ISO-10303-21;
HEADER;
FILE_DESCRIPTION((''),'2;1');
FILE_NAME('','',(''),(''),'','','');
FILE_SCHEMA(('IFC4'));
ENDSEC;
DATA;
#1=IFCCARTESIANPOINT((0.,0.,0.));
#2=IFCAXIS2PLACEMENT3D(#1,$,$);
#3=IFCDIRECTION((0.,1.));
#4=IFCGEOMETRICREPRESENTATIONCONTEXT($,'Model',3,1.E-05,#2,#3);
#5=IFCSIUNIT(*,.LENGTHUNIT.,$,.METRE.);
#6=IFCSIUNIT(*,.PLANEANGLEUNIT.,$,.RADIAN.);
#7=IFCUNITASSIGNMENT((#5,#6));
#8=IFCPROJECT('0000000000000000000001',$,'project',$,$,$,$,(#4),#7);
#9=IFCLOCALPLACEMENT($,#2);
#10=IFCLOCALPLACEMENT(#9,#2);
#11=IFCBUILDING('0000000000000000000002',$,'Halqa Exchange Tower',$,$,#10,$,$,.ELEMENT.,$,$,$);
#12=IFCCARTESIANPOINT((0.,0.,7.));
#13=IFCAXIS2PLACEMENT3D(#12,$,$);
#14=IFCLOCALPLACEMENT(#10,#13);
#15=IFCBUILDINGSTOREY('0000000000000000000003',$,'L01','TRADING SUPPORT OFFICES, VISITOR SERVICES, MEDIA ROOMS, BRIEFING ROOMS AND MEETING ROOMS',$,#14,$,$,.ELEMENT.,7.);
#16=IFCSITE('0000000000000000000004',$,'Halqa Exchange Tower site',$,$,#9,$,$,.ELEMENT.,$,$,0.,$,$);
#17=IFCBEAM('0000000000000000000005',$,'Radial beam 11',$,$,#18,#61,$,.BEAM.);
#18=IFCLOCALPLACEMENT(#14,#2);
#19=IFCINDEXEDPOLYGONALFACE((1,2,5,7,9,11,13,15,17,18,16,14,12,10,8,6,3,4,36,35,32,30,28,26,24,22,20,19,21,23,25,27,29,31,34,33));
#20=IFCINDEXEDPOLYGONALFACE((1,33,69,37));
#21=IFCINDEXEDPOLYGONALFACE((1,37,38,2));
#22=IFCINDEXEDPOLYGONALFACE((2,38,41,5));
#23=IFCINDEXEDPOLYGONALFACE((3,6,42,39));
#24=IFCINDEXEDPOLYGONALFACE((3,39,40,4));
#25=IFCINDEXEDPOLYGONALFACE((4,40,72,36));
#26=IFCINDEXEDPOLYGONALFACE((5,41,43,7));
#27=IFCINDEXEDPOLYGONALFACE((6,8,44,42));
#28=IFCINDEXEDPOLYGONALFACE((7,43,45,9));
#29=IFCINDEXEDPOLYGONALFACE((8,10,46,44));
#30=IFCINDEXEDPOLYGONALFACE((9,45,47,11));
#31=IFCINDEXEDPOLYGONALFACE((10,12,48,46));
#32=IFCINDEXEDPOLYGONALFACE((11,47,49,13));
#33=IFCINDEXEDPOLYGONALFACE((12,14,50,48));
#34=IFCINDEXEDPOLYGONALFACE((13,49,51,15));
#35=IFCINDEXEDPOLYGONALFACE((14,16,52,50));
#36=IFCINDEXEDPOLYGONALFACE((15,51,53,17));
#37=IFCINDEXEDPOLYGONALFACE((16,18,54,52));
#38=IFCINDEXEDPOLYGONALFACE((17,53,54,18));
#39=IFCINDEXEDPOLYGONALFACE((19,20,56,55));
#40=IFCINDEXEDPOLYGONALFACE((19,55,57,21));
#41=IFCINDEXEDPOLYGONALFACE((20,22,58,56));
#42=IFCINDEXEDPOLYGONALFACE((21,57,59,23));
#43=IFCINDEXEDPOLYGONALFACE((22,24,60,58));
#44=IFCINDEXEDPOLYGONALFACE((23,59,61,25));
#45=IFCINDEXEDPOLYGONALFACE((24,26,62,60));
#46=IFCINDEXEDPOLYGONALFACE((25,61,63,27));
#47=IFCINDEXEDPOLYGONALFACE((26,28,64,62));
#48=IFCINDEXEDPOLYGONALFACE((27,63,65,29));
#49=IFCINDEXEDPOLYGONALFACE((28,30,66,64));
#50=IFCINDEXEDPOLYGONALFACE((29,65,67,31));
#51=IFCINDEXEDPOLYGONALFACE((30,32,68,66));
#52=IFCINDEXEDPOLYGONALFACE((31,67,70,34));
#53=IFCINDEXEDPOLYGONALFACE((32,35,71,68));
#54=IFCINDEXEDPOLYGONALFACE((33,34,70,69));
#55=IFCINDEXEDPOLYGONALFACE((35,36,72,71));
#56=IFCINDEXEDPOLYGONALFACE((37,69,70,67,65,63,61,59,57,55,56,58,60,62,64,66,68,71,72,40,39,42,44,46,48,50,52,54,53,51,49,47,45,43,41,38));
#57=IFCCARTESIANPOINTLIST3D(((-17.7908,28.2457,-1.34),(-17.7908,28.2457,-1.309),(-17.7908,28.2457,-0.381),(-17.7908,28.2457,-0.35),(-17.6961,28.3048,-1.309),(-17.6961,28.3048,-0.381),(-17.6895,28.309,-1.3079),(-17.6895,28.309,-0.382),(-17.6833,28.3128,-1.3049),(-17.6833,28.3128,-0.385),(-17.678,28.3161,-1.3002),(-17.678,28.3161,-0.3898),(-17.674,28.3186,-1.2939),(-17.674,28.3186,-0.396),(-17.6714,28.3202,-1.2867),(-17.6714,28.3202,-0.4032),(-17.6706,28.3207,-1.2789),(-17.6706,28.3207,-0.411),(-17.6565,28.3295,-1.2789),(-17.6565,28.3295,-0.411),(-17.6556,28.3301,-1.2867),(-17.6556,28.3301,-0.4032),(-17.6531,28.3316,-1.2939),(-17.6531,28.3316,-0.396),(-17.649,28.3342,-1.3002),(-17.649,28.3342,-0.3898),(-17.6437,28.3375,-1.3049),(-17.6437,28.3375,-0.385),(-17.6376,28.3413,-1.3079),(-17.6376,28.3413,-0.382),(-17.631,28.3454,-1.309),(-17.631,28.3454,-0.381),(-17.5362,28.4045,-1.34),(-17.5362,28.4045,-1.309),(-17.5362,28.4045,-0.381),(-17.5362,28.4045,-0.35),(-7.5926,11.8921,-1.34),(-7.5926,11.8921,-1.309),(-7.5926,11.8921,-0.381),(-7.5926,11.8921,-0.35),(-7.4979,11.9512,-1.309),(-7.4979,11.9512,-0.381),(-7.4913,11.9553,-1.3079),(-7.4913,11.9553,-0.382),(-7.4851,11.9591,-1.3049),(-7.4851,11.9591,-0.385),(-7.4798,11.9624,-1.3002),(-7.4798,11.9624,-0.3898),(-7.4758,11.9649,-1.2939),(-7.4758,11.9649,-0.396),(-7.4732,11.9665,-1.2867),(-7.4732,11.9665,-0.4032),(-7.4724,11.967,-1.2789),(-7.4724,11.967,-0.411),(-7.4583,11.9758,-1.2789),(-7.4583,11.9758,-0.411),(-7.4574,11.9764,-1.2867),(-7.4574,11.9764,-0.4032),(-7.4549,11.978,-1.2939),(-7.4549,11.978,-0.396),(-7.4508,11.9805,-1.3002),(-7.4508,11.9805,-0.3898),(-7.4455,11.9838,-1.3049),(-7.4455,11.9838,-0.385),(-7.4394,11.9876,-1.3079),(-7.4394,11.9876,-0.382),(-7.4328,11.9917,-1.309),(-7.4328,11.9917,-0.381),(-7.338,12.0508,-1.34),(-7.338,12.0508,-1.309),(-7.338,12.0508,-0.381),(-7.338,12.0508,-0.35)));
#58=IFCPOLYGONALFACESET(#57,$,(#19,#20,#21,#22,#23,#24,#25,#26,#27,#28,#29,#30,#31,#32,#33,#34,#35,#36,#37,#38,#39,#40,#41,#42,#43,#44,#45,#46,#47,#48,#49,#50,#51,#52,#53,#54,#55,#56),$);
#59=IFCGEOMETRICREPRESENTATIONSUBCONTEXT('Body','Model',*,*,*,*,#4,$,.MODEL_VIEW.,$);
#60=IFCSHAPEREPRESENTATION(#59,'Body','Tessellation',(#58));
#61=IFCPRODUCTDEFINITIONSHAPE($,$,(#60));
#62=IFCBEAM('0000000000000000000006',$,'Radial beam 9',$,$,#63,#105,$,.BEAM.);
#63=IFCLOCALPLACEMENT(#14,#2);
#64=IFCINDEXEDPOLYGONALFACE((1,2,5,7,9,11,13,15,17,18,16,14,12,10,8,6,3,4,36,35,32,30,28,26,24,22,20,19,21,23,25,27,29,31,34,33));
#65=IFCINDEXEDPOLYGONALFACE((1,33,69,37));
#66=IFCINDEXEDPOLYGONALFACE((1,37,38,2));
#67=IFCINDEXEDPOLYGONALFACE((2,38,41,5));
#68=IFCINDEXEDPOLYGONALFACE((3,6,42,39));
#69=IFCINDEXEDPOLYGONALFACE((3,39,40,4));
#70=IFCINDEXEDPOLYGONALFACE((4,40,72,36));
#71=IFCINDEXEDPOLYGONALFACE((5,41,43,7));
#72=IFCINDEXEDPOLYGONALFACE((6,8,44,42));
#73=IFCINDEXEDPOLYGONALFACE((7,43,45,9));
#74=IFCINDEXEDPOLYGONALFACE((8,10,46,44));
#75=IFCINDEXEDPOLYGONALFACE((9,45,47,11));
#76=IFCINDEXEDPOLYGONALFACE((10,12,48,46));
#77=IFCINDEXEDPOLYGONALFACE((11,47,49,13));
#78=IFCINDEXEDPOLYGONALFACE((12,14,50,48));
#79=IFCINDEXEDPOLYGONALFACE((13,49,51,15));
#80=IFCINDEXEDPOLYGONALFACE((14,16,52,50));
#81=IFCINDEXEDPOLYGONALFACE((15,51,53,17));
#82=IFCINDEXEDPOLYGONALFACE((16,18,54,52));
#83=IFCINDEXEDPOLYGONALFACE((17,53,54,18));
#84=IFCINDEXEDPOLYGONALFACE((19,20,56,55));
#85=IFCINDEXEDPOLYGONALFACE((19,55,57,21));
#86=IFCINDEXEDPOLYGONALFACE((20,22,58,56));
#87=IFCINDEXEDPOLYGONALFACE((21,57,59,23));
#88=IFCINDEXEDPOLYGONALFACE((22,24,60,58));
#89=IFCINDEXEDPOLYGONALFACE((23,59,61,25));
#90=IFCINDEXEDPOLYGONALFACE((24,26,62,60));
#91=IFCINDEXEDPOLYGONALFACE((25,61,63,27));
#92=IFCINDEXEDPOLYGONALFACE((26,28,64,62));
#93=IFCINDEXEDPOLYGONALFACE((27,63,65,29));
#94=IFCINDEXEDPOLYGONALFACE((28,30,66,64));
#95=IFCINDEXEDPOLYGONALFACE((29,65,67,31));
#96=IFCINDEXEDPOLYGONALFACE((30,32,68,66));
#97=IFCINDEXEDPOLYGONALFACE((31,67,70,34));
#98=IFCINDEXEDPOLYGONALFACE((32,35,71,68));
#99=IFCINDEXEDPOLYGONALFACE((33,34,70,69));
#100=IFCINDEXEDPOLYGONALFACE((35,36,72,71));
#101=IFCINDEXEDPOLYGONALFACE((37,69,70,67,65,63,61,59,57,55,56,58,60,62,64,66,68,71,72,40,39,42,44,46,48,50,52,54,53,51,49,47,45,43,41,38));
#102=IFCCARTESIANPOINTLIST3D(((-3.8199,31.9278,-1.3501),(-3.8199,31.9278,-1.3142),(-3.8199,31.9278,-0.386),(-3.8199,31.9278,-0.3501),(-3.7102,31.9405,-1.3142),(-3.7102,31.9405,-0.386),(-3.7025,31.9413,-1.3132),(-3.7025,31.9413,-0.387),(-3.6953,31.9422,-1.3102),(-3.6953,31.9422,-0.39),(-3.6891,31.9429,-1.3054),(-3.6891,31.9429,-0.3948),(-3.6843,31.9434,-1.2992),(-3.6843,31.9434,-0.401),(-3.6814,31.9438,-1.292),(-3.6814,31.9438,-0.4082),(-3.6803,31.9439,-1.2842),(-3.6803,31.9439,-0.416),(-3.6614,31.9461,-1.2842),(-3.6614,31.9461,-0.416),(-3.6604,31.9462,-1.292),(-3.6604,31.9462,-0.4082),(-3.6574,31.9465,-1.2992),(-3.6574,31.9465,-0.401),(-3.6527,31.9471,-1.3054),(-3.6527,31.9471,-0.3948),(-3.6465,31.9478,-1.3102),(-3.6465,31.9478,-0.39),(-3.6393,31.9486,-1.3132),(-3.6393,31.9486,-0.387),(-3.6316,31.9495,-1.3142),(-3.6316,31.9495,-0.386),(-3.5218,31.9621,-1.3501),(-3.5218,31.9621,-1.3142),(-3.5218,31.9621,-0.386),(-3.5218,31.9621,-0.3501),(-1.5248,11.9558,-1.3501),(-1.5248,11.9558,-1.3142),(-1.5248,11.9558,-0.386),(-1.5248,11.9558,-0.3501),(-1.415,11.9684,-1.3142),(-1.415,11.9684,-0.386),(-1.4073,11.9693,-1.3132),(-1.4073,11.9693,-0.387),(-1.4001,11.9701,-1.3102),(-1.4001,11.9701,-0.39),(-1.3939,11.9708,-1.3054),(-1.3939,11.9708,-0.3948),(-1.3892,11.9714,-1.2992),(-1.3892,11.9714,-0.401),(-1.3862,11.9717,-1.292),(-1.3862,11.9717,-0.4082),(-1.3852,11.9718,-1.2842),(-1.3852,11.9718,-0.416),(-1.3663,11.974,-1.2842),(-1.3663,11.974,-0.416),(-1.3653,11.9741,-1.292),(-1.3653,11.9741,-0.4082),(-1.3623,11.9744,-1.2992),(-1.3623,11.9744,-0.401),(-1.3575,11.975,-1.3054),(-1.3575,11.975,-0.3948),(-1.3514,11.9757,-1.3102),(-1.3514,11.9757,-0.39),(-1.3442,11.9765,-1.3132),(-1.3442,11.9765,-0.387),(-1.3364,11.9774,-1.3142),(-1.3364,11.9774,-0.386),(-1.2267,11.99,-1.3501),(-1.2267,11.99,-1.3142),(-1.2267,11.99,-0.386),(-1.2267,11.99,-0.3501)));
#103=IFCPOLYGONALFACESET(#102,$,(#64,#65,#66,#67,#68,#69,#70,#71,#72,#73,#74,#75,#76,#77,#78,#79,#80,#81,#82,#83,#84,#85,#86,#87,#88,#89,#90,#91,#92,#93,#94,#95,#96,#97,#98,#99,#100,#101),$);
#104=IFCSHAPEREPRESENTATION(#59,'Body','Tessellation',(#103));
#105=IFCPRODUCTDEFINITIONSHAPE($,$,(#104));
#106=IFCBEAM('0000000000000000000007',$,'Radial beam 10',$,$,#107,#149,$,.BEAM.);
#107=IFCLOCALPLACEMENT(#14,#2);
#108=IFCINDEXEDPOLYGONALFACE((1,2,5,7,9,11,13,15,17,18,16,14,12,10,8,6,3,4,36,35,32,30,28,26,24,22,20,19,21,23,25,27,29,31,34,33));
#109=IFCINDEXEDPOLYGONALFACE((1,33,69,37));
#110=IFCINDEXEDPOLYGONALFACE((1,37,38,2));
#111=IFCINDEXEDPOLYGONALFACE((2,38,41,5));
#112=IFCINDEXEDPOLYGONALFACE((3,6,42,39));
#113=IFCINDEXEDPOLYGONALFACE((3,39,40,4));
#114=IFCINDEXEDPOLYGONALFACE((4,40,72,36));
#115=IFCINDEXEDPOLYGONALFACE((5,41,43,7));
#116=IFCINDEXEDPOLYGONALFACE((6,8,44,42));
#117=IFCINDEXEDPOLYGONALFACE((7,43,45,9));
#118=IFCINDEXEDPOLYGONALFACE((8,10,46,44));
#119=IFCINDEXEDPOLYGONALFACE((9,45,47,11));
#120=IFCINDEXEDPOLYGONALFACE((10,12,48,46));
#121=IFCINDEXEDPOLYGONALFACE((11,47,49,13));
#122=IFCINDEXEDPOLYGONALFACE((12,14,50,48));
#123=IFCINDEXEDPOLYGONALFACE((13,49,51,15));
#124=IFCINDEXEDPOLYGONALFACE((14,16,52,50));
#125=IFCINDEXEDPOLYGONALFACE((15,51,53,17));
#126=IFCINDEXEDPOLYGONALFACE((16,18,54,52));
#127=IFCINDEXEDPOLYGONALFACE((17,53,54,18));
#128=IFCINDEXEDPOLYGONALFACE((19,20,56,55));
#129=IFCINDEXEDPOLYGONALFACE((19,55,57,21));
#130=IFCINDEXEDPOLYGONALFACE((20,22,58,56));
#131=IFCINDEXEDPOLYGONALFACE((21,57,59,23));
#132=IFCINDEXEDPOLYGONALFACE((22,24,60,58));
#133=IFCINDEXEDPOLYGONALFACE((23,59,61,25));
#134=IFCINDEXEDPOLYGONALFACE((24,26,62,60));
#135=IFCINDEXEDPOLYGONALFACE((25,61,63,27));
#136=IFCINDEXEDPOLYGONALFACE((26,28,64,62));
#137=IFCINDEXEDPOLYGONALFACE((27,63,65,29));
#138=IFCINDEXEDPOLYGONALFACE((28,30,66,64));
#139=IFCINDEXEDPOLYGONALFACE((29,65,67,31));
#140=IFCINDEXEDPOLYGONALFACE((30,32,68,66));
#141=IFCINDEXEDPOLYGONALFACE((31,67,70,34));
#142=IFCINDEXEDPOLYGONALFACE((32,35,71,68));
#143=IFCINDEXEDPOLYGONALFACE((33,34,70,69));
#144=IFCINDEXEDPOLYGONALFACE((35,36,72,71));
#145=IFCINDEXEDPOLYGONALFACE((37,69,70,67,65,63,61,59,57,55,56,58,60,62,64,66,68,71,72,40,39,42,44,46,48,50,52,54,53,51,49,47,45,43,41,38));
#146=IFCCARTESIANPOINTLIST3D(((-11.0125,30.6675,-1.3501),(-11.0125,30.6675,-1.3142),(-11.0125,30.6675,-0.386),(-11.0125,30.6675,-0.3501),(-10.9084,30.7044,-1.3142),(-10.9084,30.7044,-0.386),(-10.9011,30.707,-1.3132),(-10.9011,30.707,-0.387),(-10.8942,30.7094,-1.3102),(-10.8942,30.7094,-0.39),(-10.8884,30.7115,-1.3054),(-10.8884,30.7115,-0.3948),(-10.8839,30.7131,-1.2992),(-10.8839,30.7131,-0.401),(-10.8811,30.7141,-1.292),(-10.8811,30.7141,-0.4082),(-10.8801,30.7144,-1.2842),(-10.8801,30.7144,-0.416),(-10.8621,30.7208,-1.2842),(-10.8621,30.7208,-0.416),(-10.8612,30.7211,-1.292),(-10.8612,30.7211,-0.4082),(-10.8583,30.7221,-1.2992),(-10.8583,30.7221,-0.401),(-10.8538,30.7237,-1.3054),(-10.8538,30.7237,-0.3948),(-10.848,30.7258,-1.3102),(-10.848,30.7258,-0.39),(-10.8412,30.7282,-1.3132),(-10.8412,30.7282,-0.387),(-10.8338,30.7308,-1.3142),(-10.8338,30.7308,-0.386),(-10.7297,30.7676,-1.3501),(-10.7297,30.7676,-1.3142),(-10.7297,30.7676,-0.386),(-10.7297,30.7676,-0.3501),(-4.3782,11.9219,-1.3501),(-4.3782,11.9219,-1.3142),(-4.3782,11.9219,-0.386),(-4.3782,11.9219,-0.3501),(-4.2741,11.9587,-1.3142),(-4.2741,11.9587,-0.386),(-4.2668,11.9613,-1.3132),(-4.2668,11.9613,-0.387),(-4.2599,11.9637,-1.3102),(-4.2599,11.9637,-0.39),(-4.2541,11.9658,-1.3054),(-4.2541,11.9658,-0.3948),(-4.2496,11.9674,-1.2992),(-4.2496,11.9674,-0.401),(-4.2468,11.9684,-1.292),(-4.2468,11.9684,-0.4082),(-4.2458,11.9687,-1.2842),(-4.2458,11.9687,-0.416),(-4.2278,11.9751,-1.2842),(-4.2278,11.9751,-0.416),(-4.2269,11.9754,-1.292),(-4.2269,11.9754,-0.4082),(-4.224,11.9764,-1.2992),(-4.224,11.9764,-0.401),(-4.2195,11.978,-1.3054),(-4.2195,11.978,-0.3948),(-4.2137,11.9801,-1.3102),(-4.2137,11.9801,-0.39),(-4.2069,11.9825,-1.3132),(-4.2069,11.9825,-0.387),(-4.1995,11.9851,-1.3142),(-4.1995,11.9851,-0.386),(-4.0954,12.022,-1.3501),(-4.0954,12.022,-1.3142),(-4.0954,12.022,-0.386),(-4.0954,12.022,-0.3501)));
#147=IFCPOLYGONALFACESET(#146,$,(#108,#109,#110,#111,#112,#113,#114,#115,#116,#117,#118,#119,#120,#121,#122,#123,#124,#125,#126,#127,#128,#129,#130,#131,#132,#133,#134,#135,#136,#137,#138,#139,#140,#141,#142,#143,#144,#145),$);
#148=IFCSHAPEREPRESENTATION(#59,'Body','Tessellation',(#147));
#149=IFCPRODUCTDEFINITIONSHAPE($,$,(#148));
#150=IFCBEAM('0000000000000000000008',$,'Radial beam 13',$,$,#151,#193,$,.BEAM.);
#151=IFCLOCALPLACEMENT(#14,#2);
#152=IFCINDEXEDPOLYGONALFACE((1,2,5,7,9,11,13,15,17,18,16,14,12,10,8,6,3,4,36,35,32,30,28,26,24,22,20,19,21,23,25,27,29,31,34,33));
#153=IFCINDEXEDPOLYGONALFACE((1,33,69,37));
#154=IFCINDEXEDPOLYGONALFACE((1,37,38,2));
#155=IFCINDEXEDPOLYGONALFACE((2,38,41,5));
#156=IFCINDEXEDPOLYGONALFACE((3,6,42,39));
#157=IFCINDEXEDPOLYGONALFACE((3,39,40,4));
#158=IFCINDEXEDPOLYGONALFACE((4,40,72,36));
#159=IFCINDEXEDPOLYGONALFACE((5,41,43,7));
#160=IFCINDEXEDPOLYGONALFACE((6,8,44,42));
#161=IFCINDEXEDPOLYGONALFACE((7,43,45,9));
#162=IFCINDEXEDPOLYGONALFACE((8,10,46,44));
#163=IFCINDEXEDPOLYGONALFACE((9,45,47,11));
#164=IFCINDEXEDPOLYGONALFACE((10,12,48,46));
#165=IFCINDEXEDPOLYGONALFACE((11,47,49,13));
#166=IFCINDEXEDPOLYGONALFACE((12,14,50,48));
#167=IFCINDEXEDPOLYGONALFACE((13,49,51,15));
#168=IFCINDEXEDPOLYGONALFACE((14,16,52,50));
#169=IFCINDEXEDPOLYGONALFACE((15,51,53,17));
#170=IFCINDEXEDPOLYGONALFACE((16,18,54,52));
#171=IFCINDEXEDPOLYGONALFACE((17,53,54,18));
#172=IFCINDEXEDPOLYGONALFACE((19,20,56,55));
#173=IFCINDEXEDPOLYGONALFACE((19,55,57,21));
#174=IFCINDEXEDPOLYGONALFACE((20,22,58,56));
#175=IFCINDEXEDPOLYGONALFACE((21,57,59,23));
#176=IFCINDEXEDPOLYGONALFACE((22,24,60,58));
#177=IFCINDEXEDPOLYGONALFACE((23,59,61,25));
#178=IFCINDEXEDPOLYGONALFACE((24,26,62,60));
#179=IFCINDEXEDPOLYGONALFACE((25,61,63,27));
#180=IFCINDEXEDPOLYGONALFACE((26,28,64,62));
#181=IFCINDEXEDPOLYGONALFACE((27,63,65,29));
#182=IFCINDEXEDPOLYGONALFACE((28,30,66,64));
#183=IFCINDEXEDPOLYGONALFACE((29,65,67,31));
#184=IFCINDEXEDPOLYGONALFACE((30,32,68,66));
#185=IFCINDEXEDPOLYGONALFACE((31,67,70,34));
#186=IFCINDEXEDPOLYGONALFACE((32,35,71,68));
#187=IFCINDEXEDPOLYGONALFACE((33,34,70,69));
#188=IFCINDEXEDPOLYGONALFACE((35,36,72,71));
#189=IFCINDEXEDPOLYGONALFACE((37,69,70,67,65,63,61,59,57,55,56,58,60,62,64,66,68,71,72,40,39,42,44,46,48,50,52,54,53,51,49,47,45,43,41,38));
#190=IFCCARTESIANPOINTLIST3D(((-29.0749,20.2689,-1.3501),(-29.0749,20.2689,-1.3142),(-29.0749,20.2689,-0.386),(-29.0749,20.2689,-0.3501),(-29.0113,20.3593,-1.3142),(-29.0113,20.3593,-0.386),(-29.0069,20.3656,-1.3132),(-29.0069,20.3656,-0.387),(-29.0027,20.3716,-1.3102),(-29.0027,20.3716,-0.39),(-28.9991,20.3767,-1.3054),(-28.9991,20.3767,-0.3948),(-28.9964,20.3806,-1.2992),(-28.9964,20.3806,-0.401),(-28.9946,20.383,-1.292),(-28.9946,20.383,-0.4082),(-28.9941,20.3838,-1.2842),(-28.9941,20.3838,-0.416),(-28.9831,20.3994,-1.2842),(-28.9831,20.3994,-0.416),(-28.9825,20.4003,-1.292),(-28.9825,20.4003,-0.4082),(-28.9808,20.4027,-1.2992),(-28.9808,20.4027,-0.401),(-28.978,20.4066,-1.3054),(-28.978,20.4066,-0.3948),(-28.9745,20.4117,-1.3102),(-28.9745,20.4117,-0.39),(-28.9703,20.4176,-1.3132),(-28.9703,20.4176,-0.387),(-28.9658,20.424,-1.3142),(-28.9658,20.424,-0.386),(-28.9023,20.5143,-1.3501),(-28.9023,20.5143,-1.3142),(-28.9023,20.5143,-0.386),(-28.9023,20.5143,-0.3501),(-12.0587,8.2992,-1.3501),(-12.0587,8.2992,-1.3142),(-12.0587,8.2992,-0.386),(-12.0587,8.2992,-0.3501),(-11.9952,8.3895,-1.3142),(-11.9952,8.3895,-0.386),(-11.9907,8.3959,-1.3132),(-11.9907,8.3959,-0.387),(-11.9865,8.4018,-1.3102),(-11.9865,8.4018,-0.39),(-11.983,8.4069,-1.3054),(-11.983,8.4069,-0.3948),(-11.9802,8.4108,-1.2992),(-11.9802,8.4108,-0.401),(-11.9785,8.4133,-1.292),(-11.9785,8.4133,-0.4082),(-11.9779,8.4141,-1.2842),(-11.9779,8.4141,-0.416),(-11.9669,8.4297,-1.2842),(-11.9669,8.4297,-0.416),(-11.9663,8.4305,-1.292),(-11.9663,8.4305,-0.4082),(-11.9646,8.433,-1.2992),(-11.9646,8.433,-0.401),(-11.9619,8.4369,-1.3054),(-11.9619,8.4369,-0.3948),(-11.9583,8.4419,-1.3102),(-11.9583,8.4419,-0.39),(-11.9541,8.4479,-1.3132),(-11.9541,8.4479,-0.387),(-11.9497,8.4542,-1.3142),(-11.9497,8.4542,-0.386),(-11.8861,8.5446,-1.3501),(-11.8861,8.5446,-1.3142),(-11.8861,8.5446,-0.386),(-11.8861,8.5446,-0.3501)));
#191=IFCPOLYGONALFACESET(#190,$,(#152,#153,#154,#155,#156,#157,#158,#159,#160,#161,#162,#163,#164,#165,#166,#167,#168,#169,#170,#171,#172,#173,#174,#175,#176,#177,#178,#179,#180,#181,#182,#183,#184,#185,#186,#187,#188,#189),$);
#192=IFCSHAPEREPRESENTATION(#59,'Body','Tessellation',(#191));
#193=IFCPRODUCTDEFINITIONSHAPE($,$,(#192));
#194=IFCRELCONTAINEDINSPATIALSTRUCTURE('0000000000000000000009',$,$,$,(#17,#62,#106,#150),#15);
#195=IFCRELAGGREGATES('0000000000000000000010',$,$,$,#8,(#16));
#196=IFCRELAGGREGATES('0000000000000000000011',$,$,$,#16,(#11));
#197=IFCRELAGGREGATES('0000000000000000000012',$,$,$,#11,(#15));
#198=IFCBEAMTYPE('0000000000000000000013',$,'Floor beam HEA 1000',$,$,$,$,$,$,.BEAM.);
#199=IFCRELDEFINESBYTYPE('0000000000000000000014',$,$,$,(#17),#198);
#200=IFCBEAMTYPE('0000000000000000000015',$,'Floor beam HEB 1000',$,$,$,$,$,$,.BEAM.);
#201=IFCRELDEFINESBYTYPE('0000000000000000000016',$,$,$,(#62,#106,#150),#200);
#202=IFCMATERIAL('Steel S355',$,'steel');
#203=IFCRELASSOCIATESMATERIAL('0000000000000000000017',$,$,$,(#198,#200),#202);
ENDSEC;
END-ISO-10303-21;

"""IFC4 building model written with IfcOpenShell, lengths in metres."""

from ifc_helpers import new_model, si_unit, direction, frame, origin, origin_2d, place, context, subcontext, project, spatial, i_section, extrude, material, material_profile, profile_set, type_object, element, save


model = new_model("IFC4")

# Units and contexts
model_context = context("Model", 3, precision=1e-05, world=origin(), true_north=direction((0.0, 1.0)))
body_context = subcontext(model_context, "Body", "Model", "MODEL_VIEW")
ifc_project = project(units=[si_unit("LENGTHUNIT", "METRE"), si_unit("PLANEANGLEUNIT", "RADIAN")], contexts=[model_context])

# Site, building, storey
site_placement = place(None, origin())
site = spatial("IfcSite", under=ifc_project, at=site_placement, Name="Halqa Exchange Tower site", CompositionType="ELEMENT", RefElevation=0.0)
building_placement = place(site_placement, origin())
building = spatial("IfcBuilding", under=site, at=building_placement, Name="Halqa Exchange Tower", CompositionType="ELEMENT")
storey_placement = place(building_placement, frame((0.0, 0.0, 7.0)))
storey = spatial("IfcBuildingStorey", under=building, at=storey_placement, Name="L01", Description="TRADING SUPPORT OFFICES, VISITOR SERVICES, MEDIA ROOMS, BRIEFING ROOMS AND MEETING ROOMS", CompositionType="ELEMENT", Elevation=7.0)

# Beams
ifc_material_1 = material(Name="Steel S355", Category="steel")
ifc_material_profile_1 = material_profile(ifc_material_1, i_section(OverallWidth=0.3, OverallDepth=0.99, WebThickness=0.0166, FlangeThickness=0.031, FilletRadius=0.03, at=origin_2d()), Name="HEA 1000")
ifc_profile_set_1 = profile_set([ifc_material_profile_1], Name="Steel S355")
beam_type_1 = type_object("IfcBeamType", Name="Floor beam HEA 1000", PredefinedType="BEAM", material=ifc_profile_set_1)
beam_1_placement = place(storey_placement, frame((-7.4653, 11.9714, -0.845), z_axis=(-0.529146, 0.848531, 0.0), x_axis=(-0.848531, -0.529146, 0.0)))
element("IfcBeam", 1, at=beam_1_placement, inside=storey, type_object=beam_type_1, Name="Radial beam 11", PredefinedType="BEAM", context=body_context, shape_type="SweptSolid", body=[
    extrude(i_section(OverallWidth=0.3, OverallDepth=0.99, WebThickness=0.0166, FlangeThickness=0.031, FilletRadius=0.03, at=origin_2d()), origin(), (0.0, 0.0, 1.0), 19.2729),
])
ifc_material_profile_2 = material_profile(ifc_material_1, i_section(OverallWidth=0.3, OverallDepth=1.0, WebThickness=0.019, FlangeThickness=0.0359, FilletRadius=0.03, at=origin_2d()), Name="HEB 1000")
ifc_profile_set_2 = profile_set([ifc_material_profile_2], Name="Steel S355")
beam_type_2 = type_object("IfcBeamType", Name="Floor beam HEB 1000", PredefinedType="BEAM", material=ifc_profile_set_2)
beam_2_placement = place(storey_placement, frame((-1.3757, 11.9729, -0.8501), z_axis=(-0.114167, 0.993462, 0.0), x_axis=(-0.993462, -0.114167, 0.0)))
element("IfcBeam", 2, at=beam_2_placement, inside=storey, type_object=beam_type_2, Name="Radial beam 9", PredefinedType="BEAM", context=body_context, shape_type="SweptSolid", body=[
    extrude(i_section(OverallWidth=0.3, OverallDepth=1.0, WebThickness=0.019, FlangeThickness=0.0359, FilletRadius=0.03, at=origin_2d()), origin(), (0.0, 0.0, 1.0), 20.1035),
])
beam_3_placement = place(storey_placement, frame((-4.2368, 11.9719, -0.8501), z_axis=(-0.333633, 0.942703, 0.0), x_axis=(-0.942703, -0.333633, 0.0)))
element("IfcBeam", 3, at=beam_3_placement, inside=storey, type_object=beam_type_2, Name="Radial beam 10", PredefinedType="BEAM", context=body_context, shape_type="SweptSolid", body=[
    extrude(i_section(OverallWidth=0.3, OverallDepth=1.0, WebThickness=0.019, FlangeThickness=0.0359, FilletRadius=0.03, at=origin_2d()), origin(), (0.0, 0.0, 1.0), 19.885),
])
beam_4_placement = place(storey_placement, frame((-11.9724, 8.4219, -0.8501), z_axis=(-0.81791, 0.575346, 0.0), x_axis=(-0.575346, -0.81791, 0.0)))
element("IfcBeam", 4, at=beam_4_placement, inside=storey, type_object=beam_type_2, Name="Radial beam 13", PredefinedType="BEAM", context=body_context, shape_type="SweptSolid", body=[
    extrude(i_section(OverallWidth=0.3, OverallDepth=1.0, WebThickness=0.019, FlangeThickness=0.0359, FilletRadius=0.03, at=origin_2d()), origin(), (0.0, 0.0, 1.0), 20.8044),
])

save(model, "model.ifc")
